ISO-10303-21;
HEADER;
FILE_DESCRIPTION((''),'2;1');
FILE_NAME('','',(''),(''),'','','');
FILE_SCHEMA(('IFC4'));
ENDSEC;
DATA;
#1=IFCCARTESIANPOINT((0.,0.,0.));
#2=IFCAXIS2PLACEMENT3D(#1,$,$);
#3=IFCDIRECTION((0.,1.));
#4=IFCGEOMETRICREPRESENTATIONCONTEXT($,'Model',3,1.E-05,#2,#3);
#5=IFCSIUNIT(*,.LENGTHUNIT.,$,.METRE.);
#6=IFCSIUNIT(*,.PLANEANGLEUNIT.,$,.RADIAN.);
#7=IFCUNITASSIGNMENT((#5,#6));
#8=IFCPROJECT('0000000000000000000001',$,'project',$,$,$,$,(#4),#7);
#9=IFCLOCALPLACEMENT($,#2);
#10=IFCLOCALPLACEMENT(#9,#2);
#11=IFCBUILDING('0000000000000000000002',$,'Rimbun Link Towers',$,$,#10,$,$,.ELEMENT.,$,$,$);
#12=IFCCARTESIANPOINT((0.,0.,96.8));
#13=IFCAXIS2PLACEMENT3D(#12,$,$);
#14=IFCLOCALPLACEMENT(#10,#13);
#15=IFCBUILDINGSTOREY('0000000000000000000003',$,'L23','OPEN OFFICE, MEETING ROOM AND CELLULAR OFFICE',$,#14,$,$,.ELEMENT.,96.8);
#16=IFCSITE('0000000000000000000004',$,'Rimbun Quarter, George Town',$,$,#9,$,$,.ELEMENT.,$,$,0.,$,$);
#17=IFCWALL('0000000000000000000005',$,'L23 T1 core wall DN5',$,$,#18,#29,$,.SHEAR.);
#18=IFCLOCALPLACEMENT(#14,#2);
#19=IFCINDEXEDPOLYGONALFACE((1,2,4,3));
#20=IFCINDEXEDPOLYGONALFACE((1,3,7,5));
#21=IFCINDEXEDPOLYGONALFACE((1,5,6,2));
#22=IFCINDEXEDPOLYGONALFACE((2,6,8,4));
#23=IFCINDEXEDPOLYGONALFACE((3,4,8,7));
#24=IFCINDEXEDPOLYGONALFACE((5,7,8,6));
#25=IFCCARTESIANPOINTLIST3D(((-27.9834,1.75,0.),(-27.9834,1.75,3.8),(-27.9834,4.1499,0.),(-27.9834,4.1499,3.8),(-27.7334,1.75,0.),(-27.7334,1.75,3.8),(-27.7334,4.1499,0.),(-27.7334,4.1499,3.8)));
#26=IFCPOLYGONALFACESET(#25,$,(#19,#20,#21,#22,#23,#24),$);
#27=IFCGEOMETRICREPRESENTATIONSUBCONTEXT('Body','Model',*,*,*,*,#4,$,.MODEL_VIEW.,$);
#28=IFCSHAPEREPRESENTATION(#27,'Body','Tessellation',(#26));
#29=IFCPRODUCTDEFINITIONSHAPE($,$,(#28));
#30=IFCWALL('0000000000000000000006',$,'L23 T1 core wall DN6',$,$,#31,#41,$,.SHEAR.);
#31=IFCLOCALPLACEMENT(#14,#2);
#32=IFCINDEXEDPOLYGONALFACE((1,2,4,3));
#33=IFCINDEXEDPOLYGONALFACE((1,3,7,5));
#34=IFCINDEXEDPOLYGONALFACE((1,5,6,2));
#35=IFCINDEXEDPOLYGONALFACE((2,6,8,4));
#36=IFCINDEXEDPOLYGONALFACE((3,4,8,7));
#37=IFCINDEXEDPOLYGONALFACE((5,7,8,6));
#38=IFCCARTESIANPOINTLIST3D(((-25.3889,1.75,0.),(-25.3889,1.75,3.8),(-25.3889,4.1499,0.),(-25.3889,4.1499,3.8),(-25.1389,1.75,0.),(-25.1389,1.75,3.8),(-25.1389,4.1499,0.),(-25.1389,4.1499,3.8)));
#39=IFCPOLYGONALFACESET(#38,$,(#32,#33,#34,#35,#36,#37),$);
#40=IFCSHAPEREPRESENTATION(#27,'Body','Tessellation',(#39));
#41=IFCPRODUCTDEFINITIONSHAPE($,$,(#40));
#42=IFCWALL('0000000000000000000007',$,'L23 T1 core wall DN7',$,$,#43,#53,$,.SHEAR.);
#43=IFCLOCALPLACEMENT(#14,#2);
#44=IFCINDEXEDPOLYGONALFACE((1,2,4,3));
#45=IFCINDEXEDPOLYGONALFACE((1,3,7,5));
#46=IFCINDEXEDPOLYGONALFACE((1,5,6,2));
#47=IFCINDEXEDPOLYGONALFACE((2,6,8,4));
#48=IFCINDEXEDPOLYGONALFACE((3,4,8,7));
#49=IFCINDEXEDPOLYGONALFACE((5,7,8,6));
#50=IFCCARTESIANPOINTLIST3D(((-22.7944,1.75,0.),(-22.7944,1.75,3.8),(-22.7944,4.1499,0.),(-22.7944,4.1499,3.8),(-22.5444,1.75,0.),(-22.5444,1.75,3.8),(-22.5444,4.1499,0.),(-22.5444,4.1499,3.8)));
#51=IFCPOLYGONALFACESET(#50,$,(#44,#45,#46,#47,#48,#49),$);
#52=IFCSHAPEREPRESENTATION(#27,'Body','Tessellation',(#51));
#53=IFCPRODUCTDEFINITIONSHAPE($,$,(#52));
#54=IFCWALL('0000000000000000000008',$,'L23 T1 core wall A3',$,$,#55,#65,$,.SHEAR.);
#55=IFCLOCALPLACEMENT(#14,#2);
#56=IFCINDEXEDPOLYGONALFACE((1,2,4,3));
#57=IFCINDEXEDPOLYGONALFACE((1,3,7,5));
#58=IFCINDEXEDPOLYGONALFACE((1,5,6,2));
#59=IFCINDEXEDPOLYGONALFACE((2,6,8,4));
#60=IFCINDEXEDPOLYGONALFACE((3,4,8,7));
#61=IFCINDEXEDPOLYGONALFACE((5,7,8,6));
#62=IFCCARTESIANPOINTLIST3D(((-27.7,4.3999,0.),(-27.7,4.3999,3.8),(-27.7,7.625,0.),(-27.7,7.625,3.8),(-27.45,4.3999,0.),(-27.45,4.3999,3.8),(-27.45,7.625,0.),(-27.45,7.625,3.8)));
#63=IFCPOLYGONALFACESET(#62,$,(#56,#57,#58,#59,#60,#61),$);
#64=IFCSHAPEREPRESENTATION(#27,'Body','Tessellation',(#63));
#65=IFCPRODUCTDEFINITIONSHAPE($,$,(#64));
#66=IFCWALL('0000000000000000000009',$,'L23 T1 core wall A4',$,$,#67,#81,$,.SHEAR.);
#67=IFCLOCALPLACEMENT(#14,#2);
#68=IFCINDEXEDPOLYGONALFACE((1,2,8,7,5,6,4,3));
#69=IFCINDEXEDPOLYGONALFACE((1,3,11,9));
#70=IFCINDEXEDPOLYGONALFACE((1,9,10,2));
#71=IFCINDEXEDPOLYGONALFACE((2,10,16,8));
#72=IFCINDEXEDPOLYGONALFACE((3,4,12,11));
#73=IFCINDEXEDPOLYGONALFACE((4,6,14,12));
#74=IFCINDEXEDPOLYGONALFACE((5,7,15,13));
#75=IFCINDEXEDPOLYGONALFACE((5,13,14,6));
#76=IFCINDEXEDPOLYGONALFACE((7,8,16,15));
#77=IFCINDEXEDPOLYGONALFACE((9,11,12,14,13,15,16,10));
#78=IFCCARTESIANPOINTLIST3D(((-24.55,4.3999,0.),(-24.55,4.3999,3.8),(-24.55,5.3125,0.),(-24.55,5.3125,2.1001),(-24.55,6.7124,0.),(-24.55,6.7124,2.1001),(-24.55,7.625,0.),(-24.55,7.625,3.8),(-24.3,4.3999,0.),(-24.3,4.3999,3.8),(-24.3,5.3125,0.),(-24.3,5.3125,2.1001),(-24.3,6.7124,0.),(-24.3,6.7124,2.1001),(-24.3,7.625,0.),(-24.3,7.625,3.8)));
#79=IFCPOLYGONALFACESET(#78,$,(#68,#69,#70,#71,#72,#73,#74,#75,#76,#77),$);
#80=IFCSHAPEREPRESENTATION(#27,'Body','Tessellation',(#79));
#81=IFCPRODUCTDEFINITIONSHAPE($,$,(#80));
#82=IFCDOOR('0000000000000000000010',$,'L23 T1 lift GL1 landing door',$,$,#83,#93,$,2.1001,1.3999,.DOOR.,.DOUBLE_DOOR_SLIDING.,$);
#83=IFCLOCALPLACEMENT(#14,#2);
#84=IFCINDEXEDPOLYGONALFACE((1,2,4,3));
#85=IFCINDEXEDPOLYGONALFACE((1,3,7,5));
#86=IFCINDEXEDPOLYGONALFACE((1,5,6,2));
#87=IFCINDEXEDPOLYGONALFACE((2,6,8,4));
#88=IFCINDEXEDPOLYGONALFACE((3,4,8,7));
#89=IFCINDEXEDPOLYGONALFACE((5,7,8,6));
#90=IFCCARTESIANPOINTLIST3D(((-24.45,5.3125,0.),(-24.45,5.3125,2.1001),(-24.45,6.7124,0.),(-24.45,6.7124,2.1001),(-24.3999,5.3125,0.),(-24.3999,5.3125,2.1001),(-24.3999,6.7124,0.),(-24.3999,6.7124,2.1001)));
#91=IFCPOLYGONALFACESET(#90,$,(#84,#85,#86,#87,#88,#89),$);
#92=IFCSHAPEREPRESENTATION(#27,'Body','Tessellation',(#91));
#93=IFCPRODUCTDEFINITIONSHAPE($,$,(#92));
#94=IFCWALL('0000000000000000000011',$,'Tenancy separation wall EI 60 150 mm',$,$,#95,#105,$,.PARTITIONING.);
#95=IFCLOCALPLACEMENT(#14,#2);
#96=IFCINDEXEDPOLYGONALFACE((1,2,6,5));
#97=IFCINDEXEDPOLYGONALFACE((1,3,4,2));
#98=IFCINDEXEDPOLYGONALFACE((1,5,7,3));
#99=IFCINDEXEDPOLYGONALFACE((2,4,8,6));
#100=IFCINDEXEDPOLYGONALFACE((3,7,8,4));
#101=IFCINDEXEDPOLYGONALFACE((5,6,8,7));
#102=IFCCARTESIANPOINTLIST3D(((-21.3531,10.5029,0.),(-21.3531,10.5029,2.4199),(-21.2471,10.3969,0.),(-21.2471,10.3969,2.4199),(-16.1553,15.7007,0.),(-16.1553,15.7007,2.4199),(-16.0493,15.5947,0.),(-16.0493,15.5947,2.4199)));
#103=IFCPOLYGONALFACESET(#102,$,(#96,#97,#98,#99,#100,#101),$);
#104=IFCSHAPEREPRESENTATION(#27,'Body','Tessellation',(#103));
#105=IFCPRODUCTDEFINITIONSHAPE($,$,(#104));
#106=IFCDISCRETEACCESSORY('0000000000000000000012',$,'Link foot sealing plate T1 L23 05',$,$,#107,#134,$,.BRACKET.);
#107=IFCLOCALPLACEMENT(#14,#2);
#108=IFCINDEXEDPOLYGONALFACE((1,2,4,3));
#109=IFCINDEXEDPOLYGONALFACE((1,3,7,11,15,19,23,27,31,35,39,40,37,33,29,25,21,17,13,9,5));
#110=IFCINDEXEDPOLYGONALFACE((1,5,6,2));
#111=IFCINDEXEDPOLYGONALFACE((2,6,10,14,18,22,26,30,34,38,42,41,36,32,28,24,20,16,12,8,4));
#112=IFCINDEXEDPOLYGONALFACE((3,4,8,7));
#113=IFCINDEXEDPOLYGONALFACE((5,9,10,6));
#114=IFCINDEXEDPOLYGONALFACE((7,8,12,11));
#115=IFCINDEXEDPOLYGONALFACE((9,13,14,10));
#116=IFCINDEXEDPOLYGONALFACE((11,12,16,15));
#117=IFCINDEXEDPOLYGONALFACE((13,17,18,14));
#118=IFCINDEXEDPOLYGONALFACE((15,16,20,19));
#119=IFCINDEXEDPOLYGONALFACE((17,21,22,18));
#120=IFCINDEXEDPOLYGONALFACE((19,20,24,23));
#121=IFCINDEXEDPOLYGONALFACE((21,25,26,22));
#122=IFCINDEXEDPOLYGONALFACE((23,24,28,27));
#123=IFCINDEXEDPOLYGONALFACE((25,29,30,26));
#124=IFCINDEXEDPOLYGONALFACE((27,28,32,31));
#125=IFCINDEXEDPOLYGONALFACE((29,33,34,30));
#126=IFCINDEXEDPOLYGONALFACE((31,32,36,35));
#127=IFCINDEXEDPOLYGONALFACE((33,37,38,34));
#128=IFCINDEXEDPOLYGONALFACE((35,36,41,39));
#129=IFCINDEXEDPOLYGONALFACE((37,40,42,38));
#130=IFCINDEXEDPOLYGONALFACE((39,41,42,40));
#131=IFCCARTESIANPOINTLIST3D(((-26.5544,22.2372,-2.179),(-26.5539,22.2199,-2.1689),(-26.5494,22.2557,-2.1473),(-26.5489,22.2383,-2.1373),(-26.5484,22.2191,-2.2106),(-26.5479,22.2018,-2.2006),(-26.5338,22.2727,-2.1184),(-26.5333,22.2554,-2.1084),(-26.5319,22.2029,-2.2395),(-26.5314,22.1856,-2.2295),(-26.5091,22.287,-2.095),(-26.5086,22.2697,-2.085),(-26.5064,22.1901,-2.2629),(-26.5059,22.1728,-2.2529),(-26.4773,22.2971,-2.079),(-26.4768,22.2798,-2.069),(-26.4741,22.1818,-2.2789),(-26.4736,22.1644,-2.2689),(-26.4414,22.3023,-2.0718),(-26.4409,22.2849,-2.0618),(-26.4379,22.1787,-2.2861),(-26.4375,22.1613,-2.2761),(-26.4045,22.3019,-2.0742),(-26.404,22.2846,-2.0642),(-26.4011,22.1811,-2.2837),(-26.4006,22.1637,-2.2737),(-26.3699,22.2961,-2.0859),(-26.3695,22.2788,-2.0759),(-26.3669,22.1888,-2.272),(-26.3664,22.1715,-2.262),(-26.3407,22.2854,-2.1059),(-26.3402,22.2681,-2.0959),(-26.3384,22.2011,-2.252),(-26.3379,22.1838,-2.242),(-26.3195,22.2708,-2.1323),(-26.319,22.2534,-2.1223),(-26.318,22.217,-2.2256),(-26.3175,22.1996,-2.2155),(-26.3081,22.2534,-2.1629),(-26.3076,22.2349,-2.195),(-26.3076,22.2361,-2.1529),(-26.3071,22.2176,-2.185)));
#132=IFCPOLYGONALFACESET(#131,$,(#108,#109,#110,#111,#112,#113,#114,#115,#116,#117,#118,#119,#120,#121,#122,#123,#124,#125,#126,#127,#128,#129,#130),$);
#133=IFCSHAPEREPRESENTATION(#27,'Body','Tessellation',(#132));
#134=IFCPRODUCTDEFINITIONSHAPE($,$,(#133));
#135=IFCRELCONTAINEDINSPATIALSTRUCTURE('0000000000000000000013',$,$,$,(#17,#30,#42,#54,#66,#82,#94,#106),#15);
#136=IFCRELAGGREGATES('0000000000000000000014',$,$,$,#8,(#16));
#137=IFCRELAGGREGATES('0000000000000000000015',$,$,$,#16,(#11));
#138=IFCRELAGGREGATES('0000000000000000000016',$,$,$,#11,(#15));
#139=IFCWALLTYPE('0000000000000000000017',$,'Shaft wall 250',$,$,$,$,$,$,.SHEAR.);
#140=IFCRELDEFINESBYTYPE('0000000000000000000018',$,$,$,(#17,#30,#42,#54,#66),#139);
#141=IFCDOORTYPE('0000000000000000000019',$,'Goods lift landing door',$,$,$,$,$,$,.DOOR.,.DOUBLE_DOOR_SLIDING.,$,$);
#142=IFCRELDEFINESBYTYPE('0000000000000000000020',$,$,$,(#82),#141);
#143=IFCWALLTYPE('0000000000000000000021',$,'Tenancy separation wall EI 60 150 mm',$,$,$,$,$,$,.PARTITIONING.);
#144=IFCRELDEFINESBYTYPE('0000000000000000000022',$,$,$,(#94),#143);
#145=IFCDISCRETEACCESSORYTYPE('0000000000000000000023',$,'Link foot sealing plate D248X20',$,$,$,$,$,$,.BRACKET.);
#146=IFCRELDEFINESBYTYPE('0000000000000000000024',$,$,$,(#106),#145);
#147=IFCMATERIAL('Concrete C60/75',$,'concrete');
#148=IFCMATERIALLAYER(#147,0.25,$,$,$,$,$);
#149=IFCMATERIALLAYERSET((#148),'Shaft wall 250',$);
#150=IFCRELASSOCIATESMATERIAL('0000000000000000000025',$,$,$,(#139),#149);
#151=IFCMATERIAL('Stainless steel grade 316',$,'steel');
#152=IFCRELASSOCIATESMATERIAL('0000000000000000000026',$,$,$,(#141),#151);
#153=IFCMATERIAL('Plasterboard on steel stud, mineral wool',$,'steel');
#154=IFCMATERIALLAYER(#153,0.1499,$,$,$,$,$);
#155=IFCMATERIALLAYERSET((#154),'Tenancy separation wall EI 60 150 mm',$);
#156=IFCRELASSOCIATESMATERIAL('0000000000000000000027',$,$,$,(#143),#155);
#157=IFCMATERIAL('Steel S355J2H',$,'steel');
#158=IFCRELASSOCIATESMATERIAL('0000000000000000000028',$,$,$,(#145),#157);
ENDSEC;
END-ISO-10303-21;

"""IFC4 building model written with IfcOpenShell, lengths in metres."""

from ifc_helpers import new_model, si_unit, direction, frame, frame_2d, origin, origin_2d, place, context, subcontext, project, spatial, rectangle, circle, extrude, material, layer, layer_set, material_profile, profile_set, type_object, element, fill, save


model = new_model("IFC4")

# Units and contexts
model_context = context("Model", 3, precision=1e-05, world=origin(), true_north=direction((0.0, 1.0)))
body_context = subcontext(model_context, "Body", "Model", "MODEL_VIEW")
ifc_project = project(units=[si_unit("LENGTHUNIT", "METRE"), si_unit("PLANEANGLEUNIT", "RADIAN")], contexts=[model_context])

# Site, building, storey
site_placement = place(None, origin())
site = spatial("IfcSite", under=ifc_project, at=site_placement, Name="Rimbun Quarter, George Town", CompositionType="ELEMENT", RefElevation=0.0)
building_placement = place(site_placement, origin())
building = spatial("IfcBuilding", under=site, at=building_placement, Name="Rimbun Link Towers", CompositionType="ELEMENT")
storey_placement = place(building_placement, frame((0.0, 0.0, 96.8)))
storey = spatial("IfcBuildingStorey", under=building, at=storey_placement, Name="L23", Description="OPEN OFFICE, MEETING ROOM AND CELLULAR OFFICE", CompositionType="ELEMENT", Elevation=96.8)

# Walls
ifc_material_1 = material(Name="Concrete C60/75", Category="concrete")
ifc_layer_1 = layer(ifc_material_1, 0.25)
ifc_layer_set_1 = layer_set([ifc_layer_1], Name="Shaft wall 250")
wall_type_1 = type_object("IfcWallType", Name="Shaft wall 250", PredefinedType="SHEAR", material=ifc_layer_set_1)
for number, where, z_axis, x_axis, name in (
    (1, (-27.8584, 1.75, 0.0), (0.0, 0.0, 1.0), (0.0, 1.0, 0.0), "L23 T1 core wall DN5"),
    (2, (-25.2639, 1.75, 0.0), (0.0, 0.0, 1.0), (0.0, 1.0, 0.0), "L23 T1 core wall DN6"),
    (3, (-22.6694, 1.75, 0.0), (0.0, 0.0, 1.0), (0.0, 1.0, 0.0), "L23 T1 core wall DN7"),
):
    element("IfcWall", number, at=place(storey_placement, frame(where, z_axis=z_axis, x_axis=x_axis)), inside=storey, type_object=wall_type_1, Name=name, PredefinedType="SHEAR", context=body_context, shape_type="SweptSolid", body=[
        extrude(rectangle(XDim=2.3999, YDim=0.25, at=frame_2d((1.2, 0.0))), origin(), (0.0, 0.0, 1.0), 3.8),
    ])
wall_1_placement = place(storey_placement, frame((-27.575, 4.3999, 0.0), z_axis=(0.0, 0.0, 1.0), x_axis=(0.0, 1.0, 0.0)))
element("IfcWall", 4, at=wall_1_placement, inside=storey, type_object=wall_type_1, Name="L23 T1 core wall A3", PredefinedType="SHEAR", context=body_context, shape_type="SweptSolid", body=[
    extrude(rectangle(XDim=3.2251, YDim=0.25, at=frame_2d((1.6125, 0.0))), origin(), (0.0, 0.0, 1.0), 3.8),
])

# Wall, opening, door
wall_2_placement = place(storey_placement, frame((-24.425, 4.3999, 0.0), z_axis=(0.0, 0.0, 1.0), x_axis=(0.0, 1.0, 0.0)))
wall_2 = element("IfcWall", 5, at=wall_2_placement, inside=storey, type_object=wall_type_1, Name="L23 T1 core wall A4", PredefinedType="SHEAR", context=body_context, shape_type="SweptSolid", body=[
    extrude(rectangle(XDim=3.2251, YDim=0.25, at=frame_2d((1.6125, 0.0))), origin(), (0.0, 0.0, 1.0), 3.8),
])
opening_1_placement = place(wall_2_placement, frame((0.9126, 0.0, 0.0)))
opening_1 = element("IfcOpeningElement", 6, at=opening_1_placement, cuts=wall_2, PredefinedType="OPENING", context=body_context, shape_type="SweptSolid", body=[
    extrude(rectangle(XDim=1.3999, YDim=2.1001, at=frame_2d((0.7, 1.05))), frame((0.0, 0.135, 0.0), z_axis=(0.0, -1.0, 0.0), x_axis=(1.0, 0.0, 0.0)), (0.0, 0.0, 1.0), 0.27),
])
ifc_material_2 = material(Name="Stainless steel grade 316", Category="steel")
door_type_1 = type_object("IfcDoorType", Name="Goods lift landing door", OperationType="DOUBLE_DOOR_SLIDING", PredefinedType="DOOR", material=ifc_material_2)
door_1_placement = place(opening_1_placement, origin())
door_1 = element("IfcDoor", 7, at=door_1_placement, inside=storey, type_object=door_type_1, Name="L23 T1 lift GL1 landing door", OperationType="DOUBLE_DOOR_SLIDING", OverallHeight=2.1001, OverallWidth=1.3999, PredefinedType="DOOR", context=body_context, shape_type="SweptSolid", body=[
    extrude(rectangle(XDim=1.3999, YDim=2.1001, at=frame_2d((0.7, 1.05))), frame((0.0, 0.0249, 0.0), z_axis=(0.0, -1.0, 0.0), x_axis=(1.0, 0.0, 0.0)), (0.0, 0.0, 1.0), 0.05),
])
fill(opening_1, door_1)

# Wall
ifc_material_3 = material(Name="Plasterboard on steel stud, mineral wool", Category="steel")
ifc_layer_2 = layer(ifc_material_3, 0.1499)
ifc_layer_set_2 = layer_set([ifc_layer_2], Name="Tenancy separation wall EI 60 150 mm")
wall_type_2 = type_object("IfcWallType", Name="Tenancy separation wall EI 60 150 mm", PredefinedType="PARTITIONING", material=ifc_layer_set_2)
wall_3_placement = place(storey_placement, frame((-21.3, 10.45, 0.0), z_axis=(0.0, 0.0, 1.0), x_axis=(0.707107, 0.707107, 0.0)))
element("IfcWall", 8, at=wall_3_placement, inside=storey, type_object=wall_type_2, Name="Tenancy separation wall EI 60 150 mm", PredefinedType="PARTITIONING", context=body_context, shape_type="SweptSolid", body=[
    extrude(rectangle(XDim=7.3508, YDim=0.1499, at=frame_2d((3.6753, 0.0))), origin(), (0.0, 0.0, 1.0), 2.4199),
])

# Discrete accessory
ifc_material_4 = material(Name="Steel S355J2H", Category="steel")
ifc_material_profile_1 = material_profile(ifc_material_4, circle(Radius=0.124, at=origin_2d()), Name="PL D248")
ifc_profile_set_1 = profile_set([ifc_material_profile_1], Name="Steel S355J2H")
discrete_accessory_type = type_object("IfcDiscreteAccessoryType", Name="Link foot sealing plate D248X20", PredefinedType="BRACKET", material=ifc_profile_set_1)
discrete_accessory_placement = place(storey_placement, frame((-26.4299, 22.2234, -2.1689), z_axis=(-0.024387, 0.865725, -0.499926), x_axis=(-0.999603, -0.028158, 0.0)))
element("IfcDiscreteAccessory", 9, at=discrete_accessory_placement, inside=storey, type_object=discrete_accessory_type, Name="Link foot sealing plate T1 L23 05", PredefinedType="BRACKET", context=body_context, shape_type="SweptSolid", body=[
    extrude(circle(Radius=0.124, at=origin_2d()), origin(), (0.0, 0.0, 1.0), 0.02),
])

save(model, "model.ifc")
